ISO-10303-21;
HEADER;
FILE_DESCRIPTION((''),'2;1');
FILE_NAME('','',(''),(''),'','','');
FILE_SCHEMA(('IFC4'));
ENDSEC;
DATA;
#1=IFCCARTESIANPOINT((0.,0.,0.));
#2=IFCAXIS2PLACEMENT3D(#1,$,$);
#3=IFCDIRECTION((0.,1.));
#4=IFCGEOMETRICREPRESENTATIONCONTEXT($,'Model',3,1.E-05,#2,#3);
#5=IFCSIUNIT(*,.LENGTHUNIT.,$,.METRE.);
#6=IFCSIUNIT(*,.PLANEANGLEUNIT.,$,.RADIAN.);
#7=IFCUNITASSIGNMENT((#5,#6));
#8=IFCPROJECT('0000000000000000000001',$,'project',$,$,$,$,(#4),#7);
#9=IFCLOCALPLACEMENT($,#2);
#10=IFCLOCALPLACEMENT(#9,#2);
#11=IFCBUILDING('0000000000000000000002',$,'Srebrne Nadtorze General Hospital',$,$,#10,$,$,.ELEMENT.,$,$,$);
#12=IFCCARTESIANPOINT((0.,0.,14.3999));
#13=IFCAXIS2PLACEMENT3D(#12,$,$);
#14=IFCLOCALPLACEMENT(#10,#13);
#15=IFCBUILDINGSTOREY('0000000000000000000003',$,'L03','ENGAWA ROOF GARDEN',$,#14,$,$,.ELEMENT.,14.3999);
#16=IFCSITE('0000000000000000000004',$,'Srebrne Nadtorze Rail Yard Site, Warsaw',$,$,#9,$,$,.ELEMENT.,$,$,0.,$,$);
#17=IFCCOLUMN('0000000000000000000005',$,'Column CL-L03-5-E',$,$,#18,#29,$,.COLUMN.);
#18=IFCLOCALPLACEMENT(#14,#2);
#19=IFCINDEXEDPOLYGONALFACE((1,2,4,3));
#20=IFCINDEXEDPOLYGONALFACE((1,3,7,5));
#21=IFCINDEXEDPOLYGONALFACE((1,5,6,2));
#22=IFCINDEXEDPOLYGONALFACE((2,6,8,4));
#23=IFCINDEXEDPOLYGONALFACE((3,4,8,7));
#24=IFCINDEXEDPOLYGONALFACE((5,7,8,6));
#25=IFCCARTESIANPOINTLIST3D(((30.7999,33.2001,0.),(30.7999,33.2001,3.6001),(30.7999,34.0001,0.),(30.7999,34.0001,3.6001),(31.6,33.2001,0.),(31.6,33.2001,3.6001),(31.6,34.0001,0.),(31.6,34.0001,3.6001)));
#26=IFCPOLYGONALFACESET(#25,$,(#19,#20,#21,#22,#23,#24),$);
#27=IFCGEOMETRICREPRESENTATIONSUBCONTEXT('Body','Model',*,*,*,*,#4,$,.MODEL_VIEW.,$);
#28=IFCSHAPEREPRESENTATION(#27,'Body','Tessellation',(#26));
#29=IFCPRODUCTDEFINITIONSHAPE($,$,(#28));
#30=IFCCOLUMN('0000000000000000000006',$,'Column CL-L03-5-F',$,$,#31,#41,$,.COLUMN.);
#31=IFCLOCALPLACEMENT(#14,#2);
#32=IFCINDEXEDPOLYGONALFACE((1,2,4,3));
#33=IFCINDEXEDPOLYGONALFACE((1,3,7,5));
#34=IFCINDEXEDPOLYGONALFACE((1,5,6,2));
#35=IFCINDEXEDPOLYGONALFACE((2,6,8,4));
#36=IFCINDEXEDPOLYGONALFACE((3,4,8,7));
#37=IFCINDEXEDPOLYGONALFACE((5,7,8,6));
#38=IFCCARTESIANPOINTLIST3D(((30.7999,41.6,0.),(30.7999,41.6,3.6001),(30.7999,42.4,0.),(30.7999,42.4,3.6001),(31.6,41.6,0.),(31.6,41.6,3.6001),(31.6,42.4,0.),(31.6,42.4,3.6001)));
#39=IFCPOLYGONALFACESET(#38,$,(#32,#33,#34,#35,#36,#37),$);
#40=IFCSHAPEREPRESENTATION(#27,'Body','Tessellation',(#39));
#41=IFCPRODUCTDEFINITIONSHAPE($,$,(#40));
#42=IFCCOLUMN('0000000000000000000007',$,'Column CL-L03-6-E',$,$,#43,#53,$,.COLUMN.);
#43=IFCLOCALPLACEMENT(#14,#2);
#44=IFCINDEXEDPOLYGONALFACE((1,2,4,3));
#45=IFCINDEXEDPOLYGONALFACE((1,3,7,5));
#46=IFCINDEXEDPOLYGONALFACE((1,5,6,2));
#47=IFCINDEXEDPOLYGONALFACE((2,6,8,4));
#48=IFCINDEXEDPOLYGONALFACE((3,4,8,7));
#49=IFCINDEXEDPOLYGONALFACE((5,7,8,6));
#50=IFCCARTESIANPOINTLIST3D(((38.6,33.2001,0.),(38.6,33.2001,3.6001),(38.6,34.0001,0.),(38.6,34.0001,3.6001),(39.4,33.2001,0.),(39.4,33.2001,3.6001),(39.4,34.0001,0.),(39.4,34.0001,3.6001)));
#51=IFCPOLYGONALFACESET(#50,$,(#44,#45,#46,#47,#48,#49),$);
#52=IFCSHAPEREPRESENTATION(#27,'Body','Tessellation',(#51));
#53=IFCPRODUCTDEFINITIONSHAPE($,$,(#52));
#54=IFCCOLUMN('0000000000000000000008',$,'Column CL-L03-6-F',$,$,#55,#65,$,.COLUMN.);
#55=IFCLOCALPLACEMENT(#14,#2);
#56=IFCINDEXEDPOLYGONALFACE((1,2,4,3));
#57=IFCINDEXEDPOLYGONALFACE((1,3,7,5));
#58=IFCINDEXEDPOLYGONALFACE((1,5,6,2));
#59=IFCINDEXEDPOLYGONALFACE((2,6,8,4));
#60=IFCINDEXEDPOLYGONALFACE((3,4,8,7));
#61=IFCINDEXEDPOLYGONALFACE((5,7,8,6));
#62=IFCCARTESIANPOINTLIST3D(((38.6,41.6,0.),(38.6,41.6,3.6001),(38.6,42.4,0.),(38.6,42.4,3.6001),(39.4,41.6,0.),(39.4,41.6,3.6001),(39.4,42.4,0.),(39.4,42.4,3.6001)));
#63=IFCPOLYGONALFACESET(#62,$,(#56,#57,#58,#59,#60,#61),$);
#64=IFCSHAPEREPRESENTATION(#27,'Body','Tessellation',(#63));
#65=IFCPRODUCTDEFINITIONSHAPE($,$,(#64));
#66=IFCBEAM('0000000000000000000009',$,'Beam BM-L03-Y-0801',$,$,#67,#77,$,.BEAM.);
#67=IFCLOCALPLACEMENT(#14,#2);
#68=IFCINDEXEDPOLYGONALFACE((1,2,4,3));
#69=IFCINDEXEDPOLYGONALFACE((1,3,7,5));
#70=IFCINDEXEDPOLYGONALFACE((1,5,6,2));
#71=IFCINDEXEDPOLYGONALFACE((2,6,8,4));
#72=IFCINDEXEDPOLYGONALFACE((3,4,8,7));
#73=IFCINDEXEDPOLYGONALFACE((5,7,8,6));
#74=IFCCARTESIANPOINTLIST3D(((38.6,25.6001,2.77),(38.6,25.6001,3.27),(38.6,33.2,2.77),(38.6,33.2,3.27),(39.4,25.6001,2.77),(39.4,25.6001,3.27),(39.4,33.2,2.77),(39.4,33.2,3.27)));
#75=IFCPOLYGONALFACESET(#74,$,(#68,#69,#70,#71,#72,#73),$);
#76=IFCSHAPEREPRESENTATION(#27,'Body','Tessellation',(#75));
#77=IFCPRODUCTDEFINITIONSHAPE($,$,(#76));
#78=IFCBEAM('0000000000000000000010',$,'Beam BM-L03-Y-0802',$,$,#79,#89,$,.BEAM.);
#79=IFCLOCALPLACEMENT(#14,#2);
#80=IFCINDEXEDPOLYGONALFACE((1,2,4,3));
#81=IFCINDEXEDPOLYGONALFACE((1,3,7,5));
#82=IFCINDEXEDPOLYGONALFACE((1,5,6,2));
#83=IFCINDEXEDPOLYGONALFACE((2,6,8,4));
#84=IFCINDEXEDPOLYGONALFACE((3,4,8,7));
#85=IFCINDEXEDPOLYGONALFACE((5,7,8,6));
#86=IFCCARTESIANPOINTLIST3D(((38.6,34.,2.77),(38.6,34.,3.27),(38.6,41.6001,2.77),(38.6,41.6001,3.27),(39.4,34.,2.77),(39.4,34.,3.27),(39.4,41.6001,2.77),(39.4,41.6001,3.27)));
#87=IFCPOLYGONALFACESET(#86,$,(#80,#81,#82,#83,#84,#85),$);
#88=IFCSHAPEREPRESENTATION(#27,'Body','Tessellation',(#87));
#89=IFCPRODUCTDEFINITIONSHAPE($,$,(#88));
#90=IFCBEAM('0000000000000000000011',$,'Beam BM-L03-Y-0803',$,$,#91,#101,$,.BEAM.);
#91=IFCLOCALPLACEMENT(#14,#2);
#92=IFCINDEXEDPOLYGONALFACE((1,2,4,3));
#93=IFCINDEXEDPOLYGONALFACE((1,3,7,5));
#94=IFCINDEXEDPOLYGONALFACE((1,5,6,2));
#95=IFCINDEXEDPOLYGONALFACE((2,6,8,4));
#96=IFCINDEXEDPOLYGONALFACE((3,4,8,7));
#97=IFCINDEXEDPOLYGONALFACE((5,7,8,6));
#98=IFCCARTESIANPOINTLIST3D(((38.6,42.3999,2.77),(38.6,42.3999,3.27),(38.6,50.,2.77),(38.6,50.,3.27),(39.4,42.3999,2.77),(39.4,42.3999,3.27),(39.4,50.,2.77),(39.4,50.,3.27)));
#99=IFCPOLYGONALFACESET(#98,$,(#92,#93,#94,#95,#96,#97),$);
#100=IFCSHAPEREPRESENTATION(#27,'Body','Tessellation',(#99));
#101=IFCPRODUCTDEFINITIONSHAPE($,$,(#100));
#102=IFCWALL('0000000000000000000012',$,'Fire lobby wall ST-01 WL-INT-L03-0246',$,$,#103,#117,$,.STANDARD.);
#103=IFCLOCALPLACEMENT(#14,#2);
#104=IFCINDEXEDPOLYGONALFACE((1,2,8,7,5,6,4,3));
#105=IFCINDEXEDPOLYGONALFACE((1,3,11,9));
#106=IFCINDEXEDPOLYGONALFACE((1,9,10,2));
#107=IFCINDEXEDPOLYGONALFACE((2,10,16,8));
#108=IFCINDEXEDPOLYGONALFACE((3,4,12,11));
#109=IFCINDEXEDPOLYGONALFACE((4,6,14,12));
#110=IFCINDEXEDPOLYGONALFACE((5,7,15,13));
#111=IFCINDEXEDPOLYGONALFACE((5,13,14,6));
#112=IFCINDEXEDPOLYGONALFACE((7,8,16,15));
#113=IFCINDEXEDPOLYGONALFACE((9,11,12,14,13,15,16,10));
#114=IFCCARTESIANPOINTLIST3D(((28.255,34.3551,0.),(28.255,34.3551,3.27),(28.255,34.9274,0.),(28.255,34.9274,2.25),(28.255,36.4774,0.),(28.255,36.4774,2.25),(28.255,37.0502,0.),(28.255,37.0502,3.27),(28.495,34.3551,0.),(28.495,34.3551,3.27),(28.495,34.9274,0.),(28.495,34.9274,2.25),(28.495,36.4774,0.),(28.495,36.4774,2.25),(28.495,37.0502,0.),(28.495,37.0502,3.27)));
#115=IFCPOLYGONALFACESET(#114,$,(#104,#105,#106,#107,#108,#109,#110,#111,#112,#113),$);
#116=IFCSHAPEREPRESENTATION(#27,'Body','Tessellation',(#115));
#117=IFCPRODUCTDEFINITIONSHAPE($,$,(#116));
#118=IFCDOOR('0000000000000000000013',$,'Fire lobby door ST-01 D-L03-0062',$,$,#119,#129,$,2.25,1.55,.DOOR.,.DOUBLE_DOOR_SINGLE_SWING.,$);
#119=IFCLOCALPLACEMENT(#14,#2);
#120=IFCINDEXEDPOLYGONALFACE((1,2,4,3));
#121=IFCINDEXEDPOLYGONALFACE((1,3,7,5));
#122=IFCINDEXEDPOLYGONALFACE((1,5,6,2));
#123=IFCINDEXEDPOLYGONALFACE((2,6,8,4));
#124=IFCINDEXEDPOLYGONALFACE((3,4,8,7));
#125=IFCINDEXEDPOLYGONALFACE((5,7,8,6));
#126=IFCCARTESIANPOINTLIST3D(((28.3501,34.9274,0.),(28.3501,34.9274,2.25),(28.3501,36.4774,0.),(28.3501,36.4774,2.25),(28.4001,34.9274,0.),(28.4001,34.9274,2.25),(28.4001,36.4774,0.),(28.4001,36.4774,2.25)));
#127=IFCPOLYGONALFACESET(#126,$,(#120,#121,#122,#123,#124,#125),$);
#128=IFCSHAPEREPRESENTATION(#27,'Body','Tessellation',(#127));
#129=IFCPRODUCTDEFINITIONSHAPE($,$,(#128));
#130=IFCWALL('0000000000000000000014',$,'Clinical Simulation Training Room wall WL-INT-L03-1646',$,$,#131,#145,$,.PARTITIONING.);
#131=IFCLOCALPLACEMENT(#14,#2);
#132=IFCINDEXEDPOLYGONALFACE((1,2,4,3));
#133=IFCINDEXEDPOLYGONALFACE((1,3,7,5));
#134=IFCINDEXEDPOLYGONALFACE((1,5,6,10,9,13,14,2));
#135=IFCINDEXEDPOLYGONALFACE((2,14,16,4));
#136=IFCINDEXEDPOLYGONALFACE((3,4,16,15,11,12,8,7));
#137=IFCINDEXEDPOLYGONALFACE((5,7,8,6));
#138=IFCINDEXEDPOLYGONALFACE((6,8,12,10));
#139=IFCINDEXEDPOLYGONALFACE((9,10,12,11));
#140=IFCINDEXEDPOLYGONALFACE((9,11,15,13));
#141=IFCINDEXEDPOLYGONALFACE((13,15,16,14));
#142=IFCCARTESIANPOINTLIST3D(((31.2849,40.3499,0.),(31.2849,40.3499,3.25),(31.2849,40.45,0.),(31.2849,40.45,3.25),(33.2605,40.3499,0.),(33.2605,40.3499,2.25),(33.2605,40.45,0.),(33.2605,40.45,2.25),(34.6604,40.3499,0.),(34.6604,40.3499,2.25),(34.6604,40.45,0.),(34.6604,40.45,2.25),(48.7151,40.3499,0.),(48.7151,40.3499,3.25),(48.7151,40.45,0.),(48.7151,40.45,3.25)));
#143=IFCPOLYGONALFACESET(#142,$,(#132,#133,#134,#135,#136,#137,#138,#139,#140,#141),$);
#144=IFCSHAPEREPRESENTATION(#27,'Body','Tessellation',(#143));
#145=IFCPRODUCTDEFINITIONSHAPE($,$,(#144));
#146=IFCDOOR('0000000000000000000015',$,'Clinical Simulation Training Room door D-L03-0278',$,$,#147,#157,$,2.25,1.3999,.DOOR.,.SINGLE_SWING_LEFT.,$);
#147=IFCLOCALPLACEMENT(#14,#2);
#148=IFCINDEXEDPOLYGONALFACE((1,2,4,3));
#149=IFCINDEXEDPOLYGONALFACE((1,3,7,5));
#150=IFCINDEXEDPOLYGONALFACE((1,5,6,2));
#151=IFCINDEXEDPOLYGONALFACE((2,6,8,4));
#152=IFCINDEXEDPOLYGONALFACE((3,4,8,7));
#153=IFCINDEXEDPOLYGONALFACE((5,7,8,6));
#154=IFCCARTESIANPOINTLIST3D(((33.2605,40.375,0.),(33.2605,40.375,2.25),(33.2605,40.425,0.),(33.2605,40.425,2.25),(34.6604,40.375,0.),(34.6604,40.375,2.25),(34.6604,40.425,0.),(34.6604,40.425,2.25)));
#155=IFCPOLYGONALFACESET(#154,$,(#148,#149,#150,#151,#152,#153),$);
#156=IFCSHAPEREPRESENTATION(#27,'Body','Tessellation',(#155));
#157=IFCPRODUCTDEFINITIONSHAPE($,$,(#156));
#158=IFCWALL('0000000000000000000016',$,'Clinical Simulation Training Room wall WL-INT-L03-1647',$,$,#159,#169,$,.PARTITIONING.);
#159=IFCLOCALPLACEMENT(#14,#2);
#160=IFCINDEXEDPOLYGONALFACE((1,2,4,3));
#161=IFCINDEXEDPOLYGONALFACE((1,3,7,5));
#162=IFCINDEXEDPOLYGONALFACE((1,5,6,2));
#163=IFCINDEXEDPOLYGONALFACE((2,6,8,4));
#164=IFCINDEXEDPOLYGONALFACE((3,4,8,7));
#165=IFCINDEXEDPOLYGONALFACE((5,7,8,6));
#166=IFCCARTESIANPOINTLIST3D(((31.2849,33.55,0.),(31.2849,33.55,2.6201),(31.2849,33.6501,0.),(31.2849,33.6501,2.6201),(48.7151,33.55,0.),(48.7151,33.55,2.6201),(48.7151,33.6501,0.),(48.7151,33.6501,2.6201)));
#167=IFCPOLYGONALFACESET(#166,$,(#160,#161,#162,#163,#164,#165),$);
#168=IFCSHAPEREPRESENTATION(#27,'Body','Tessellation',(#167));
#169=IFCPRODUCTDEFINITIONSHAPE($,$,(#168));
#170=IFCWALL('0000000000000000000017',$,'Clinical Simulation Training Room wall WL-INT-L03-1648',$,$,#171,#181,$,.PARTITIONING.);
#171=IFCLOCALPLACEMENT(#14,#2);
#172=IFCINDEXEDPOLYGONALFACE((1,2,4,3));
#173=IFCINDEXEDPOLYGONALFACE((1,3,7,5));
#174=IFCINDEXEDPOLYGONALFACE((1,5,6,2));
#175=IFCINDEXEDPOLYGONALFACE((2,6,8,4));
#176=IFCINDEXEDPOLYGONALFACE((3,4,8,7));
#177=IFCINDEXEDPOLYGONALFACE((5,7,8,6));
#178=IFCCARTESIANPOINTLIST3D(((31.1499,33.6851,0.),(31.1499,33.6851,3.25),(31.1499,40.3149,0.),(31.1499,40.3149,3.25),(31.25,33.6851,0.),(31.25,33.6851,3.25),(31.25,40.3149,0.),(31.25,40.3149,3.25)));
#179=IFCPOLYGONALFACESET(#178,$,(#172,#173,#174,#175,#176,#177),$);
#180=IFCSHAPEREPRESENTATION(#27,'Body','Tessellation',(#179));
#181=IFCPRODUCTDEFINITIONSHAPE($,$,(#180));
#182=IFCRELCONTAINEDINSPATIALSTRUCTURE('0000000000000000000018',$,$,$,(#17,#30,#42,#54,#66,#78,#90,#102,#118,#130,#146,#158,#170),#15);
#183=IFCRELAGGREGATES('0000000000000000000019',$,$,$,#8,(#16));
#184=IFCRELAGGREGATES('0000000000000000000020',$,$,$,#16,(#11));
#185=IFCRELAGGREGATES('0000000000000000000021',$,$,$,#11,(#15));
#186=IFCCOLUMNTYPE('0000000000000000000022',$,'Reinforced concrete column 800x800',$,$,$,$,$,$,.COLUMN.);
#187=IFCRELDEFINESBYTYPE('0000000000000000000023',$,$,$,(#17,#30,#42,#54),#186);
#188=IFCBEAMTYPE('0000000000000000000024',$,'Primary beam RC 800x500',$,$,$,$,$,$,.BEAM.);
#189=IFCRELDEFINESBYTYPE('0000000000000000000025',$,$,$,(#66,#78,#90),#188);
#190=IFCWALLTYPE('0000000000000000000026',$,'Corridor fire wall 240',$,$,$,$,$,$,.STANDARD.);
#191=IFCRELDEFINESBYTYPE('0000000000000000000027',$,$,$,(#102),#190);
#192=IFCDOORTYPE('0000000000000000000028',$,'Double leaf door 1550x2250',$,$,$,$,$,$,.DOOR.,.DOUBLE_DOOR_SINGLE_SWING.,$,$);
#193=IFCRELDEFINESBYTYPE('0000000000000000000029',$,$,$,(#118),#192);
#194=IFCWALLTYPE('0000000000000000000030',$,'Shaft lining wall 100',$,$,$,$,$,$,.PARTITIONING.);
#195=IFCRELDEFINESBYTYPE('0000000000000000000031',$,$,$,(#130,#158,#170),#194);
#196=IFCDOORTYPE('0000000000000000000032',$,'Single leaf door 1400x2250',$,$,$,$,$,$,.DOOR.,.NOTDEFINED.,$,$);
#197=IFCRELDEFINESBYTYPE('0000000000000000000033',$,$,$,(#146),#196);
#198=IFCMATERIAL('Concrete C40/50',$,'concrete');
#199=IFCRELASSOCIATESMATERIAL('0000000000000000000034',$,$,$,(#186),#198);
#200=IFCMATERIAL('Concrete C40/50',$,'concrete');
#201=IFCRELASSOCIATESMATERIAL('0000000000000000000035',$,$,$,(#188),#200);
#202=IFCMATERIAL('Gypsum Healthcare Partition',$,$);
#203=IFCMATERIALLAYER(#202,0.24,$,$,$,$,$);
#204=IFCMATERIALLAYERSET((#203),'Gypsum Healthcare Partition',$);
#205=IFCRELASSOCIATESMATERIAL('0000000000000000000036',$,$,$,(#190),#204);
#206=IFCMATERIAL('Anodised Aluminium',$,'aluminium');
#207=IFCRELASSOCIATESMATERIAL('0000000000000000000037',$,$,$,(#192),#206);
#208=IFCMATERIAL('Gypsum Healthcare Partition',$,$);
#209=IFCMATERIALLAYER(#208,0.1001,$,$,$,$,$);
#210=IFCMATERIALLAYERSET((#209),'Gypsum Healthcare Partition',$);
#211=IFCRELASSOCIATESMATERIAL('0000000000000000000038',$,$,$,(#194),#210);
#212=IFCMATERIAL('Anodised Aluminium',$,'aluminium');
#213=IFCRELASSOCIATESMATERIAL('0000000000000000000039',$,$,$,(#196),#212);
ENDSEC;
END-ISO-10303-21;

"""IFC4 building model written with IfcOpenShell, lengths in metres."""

from ifc_helpers import new_model, si_unit, direction, frame, frame_2d, origin, origin_2d, place, context, subcontext, project, spatial, rectangle, extrude, material, layer, layer_set, material_profile, profile_set, type_object, element, fill, save


model = new_model("IFC4")

# Units and contexts
model_context = context("Model", 3, precision=1e-05, world=origin(), true_north=direction((0.0, 1.0)))
body_context = subcontext(model_context, "Body", "Model", "MODEL_VIEW")
ifc_project = project(units=[si_unit("LENGTHUNIT", "METRE"), si_unit("PLANEANGLEUNIT", "RADIAN")], contexts=[model_context])

# Site, building, storey
site_placement = place(None, origin())
site = spatial("IfcSite", under=ifc_project, at=site_placement, Name="Srebrne Nadtorze Rail Yard Site, Warsaw", CompositionType="ELEMENT", RefElevation=0.0)
building_placement = place(site_placement, origin())
building = spatial("IfcBuilding", under=site, at=building_placement, Name="Srebrne Nadtorze General Hospital", CompositionType="ELEMENT")
storey_placement = place(building_placement, frame((0.0, 0.0, 14.3999)))
storey = spatial("IfcBuildingStorey", under=building, at=storey_placement, Name="L03", Description="ENGAWA ROOF GARDEN", CompositionType="ELEMENT", Elevation=14.3999)

# Columns
ifc_material_1 = material(Name="Concrete C40/50", Category="concrete")
ifc_material_profile_1 = material_profile(ifc_material_1, rectangle(XDim=0.8, YDim=0.8, at=origin_2d()), Name="RC-COL-800x800")
ifc_profile_set_1 = profile_set([ifc_material_profile_1], Name="Concrete C40/50")
column_type = type_object("IfcColumnType", Name="Reinforced concrete column 800x800", PredefinedType="COLUMN", material=ifc_profile_set_1)
for number, where, z_axis, x_axis, name in (
    (1, (31.2, 33.6001, 0.0), (0.0, 0.0, 1.0), (1.0, 0.0, 0.0), "Column CL-L03-5-E"),
    (2, (31.2, 42.0, 0.0), (0.0, 0.0, 1.0), (1.0, 0.0, 0.0), "Column CL-L03-5-F"),
    (3, (39.0, 33.6001, 0.0), (0.0, 0.0, 1.0), (1.0, 0.0, 0.0), "Column CL-L03-6-E"),
    (4, (39.0, 42.0, 0.0), (0.0, 0.0, 1.0), (1.0, 0.0, 0.0), "Column CL-L03-6-F"),
):
    element("IfcColumn", number, at=place(storey_placement, frame(where, z_axis=z_axis, x_axis=x_axis)), inside=storey, type_object=column_type, Name=name, PredefinedType="COLUMN", context=body_context, shape_type="SweptSolid", body=[
        extrude(rectangle(XDim=0.8, YDim=0.8, at=origin_2d()), origin(), (0.0, 0.0, 1.0), 3.6001),
    ])

# Beams
ifc_material_2 = material(Name="Concrete C40/50", Category="concrete")
ifc_material_profile_2 = material_profile(ifc_material_2, rectangle(XDim=0.8, YDim=0.5, at=origin_2d()), Name="RC-BM-800x500")
ifc_profile_set_2 = profile_set([ifc_material_profile_2], Name="Concrete C40/50")
beam_type = type_object("IfcBeamType", Name="Primary beam RC 800x500", PredefinedType="BEAM", material=ifc_profile_set_2)
beam_placement = place(storey_placement, frame((39.0, 25.6001, 3.02), z_axis=(0.0, 1.0, 0.0), x_axis=(-1.0, 0.0, 0.0)))
element("IfcBeam", 5, at=beam_placement, inside=storey, type_object=beam_type, Name="Beam BM-L03-Y-0801", PredefinedType="BEAM", context=body_context, shape_type="SweptSolid", body=[
    extrude(rectangle(XDim=0.8, YDim=0.5, at=origin_2d()), origin(), (0.0, 0.0, 1.0), 7.5999),
])
for number, where, z_axis, x_axis, name in (
    (6, (39.0, 34.0, 3.02), (0.0, 1.0, 0.0), (-1.0, 0.0, 0.0), "Beam BM-L03-Y-0802"),
    (7, (39.0, 42.3999, 3.02), (0.0, 1.0, 0.0), (-1.0, 0.0, 0.0), "Beam BM-L03-Y-0803"),
):
    element("IfcBeam", number, at=place(storey_placement, frame(where, z_axis=z_axis, x_axis=x_axis)), inside=storey, type_object=beam_type, Name=name, PredefinedType="BEAM", context=body_context, shape_type="SweptSolid", body=[
        extrude(rectangle(XDim=0.8, YDim=0.5, at=origin_2d()), origin(), (0.0, 0.0, 1.0), 7.6001),
    ])

# Walls, openings, doors
ifc_material_3 = material(Name="Gypsum Healthcare Partition")
ifc_layer_1 = layer(ifc_material_3, 0.24)
ifc_layer_set_1 = layer_set([ifc_layer_1], Name="Gypsum Healthcare Partition")
wall_type_1 = type_object("IfcWallType", Name="Corridor fire wall 240", PredefinedType="STANDARD", material=ifc_layer_set_1)
wall_1_placement = place(storey_placement, frame((28.375, 34.355, 0.0), z_axis=(0.0, 0.0, 1.0), x_axis=(0.0, 1.0, 0.0)))
wall_1 = element("IfcWall", 8, at=wall_1_placement, inside=storey, type_object=wall_type_1, Name="Fire lobby wall ST-01 WL-INT-L03-0246", PredefinedType="STANDARD", context=body_context, shape_type="SweptSolid", body=[
    extrude(rectangle(XDim=2.6951, YDim=0.24, at=frame_2d((1.3477, 0.0))), origin(), (0.0, 0.0, 1.0), 3.27),
])
opening_1_placement = place(wall_1_placement, frame((0.5725, 0.0, 0.0)))
opening_1 = element("IfcOpeningElement", 9, at=opening_1_placement, cuts=wall_1, PredefinedType="OPENING", context=body_context, shape_type="SweptSolid", body=[
    extrude(rectangle(XDim=1.55, YDim=2.25, at=frame_2d((0.7749, 1.125))), frame((0.0, 0.1318, 0.0), z_axis=(0.0, -1.0, 0.0), x_axis=(1.0, 0.0, 0.0)), (0.0, 0.0, 1.0), 0.2639),
])
ifc_material_4 = material(Name="Anodised Aluminium", Category="aluminium")
door_type_1 = type_object("IfcDoorType", Name="Double leaf door 1550x2250", OperationType="DOUBLE_DOOR_SINGLE_SWING", PredefinedType="DOOR", material=ifc_material_4)
door_1_placement = place(opening_1_placement, origin())
door_1 = element("IfcDoor", 10, at=door_1_placement, inside=storey, type_object=door_type_1, Name="Fire lobby door ST-01 D-L03-0062", OperationType="DOUBLE_DOOR_SINGLE_SWING", OverallHeight=2.25, OverallWidth=1.55, PredefinedType="DOOR", context=body_context, shape_type="SweptSolid", body=[
    extrude(rectangle(XDim=1.55, YDim=2.25, at=frame_2d((0.7749, 1.125))), frame((0.0, 0.0249, 0.0), z_axis=(0.0, -1.0, 0.0), x_axis=(1.0, 0.0, 0.0)), (0.0, 0.0, 1.0), 0.05),
])
fill(opening_1, door_1)
ifc_material_5 = material(Name="Gypsum Healthcare Partition")
ifc_layer_2 = layer(ifc_material_5, 0.1001)
ifc_layer_set_2 = layer_set([ifc_layer_2], Name="Gypsum Healthcare Partition")
wall_type_2 = type_object("IfcWallType", Name="Shaft lining wall 100", PredefinedType="PARTITIONING", material=ifc_layer_set_2)
wall_2_placement = place(storey_placement, frame((31.2849, 40.3999, 0.0), z_axis=(0.0, 0.0, 1.0), x_axis=(1.0, 0.0, 0.0)))
wall_2 = element("IfcWall", 11, at=wall_2_placement, inside=storey, type_object=wall_type_2, Name="Clinical Simulation Training Room wall WL-INT-L03-1646", PredefinedType="PARTITIONING", context=body_context, shape_type="SweptSolid", body=[
    extrude(rectangle(XDim=17.4302, YDim=0.1001, at=frame_2d((8.7151, 0.0))), origin(), (0.0, 0.0, 1.0), 3.25),
])
opening_2_placement = place(wall_2_placement, frame((1.9756, 0.0, 0.0)))
opening_2 = element("IfcOpeningElement", 12, at=opening_2_placement, cuts=wall_2, PredefinedType="OPENING", context=body_context, shape_type="SweptSolid", body=[
    extrude(rectangle(XDim=1.3999, YDim=2.25, at=frame_2d((0.7, 1.125))), frame((0.0, 0.062, 0.0), z_axis=(0.0, -1.0, 0.0), x_axis=(1.0, 0.0, 0.0)), (0.0, 0.0, 1.0), 0.124),
])
ifc_material_6 = material(Name="Anodised Aluminium", Category="aluminium")
door_type_2 = type_object("IfcDoorType", Name="Single leaf door 1400x2250", OperationType="NOTDEFINED", PredefinedType="DOOR", material=ifc_material_6)
door_2_placement = place(opening_2_placement, frame((1.3999, 0.0, 0.0), z_axis=(0.0, 0.0, 1.0), x_axis=(-1.0, 0.0, 0.0)))
door_2 = element("IfcDoor", 13, at=door_2_placement, inside=storey, type_object=door_type_2, Name="Clinical Simulation Training Room door D-L03-0278", OperationType="SINGLE_SWING_LEFT", OverallHeight=2.25, OverallWidth=1.3999, PredefinedType="DOOR", context=body_context, shape_type="SweptSolid", body=[
    extrude(rectangle(XDim=1.3999, YDim=2.25, at=frame_2d((0.7, 1.125))), frame((0.0, 0.0249, 0.0), z_axis=(0.0, -1.0, 0.0), x_axis=(1.0, 0.0, 0.0)), (0.0, 0.0, 1.0), 0.05),
])
fill(opening_2, door_2)

# Walls
wall_3_placement = place(storey_placement, frame((31.2849, 33.6001, 0.0), z_axis=(0.0, 0.0, 1.0), x_axis=(1.0, 0.0, 0.0)))
element("IfcWall", 14, at=wall_3_placement, inside=storey, type_object=wall_type_2, Name="Clinical Simulation Training Room wall WL-INT-L03-1647", PredefinedType="PARTITIONING", context=body_context, shape_type="SweptSolid", body=[
    extrude(rectangle(XDim=17.4302, YDim=0.1001, at=frame_2d((8.7151, 0.0))), origin(), (0.0, 0.0, 1.0), 2.6201),
])
wall_4_placement = place(storey_placement, frame((31.2, 33.6851, 0.0), z_axis=(0.0, 0.0, 1.0), x_axis=(0.0, 1.0, 0.0)))
element("IfcWall", 15, at=wall_4_placement, inside=storey, type_object=wall_type_2, Name="Clinical Simulation Training Room wall WL-INT-L03-1648", PredefinedType="PARTITIONING", context=body_context, shape_type="SweptSolid", body=[
    extrude(rectangle(XDim=6.6299, YDim=0.1001, at=frame_2d((3.3149, 0.0))), origin(), (0.0, 0.0, 1.0), 3.25),
])

save(model, "model.ifc")
